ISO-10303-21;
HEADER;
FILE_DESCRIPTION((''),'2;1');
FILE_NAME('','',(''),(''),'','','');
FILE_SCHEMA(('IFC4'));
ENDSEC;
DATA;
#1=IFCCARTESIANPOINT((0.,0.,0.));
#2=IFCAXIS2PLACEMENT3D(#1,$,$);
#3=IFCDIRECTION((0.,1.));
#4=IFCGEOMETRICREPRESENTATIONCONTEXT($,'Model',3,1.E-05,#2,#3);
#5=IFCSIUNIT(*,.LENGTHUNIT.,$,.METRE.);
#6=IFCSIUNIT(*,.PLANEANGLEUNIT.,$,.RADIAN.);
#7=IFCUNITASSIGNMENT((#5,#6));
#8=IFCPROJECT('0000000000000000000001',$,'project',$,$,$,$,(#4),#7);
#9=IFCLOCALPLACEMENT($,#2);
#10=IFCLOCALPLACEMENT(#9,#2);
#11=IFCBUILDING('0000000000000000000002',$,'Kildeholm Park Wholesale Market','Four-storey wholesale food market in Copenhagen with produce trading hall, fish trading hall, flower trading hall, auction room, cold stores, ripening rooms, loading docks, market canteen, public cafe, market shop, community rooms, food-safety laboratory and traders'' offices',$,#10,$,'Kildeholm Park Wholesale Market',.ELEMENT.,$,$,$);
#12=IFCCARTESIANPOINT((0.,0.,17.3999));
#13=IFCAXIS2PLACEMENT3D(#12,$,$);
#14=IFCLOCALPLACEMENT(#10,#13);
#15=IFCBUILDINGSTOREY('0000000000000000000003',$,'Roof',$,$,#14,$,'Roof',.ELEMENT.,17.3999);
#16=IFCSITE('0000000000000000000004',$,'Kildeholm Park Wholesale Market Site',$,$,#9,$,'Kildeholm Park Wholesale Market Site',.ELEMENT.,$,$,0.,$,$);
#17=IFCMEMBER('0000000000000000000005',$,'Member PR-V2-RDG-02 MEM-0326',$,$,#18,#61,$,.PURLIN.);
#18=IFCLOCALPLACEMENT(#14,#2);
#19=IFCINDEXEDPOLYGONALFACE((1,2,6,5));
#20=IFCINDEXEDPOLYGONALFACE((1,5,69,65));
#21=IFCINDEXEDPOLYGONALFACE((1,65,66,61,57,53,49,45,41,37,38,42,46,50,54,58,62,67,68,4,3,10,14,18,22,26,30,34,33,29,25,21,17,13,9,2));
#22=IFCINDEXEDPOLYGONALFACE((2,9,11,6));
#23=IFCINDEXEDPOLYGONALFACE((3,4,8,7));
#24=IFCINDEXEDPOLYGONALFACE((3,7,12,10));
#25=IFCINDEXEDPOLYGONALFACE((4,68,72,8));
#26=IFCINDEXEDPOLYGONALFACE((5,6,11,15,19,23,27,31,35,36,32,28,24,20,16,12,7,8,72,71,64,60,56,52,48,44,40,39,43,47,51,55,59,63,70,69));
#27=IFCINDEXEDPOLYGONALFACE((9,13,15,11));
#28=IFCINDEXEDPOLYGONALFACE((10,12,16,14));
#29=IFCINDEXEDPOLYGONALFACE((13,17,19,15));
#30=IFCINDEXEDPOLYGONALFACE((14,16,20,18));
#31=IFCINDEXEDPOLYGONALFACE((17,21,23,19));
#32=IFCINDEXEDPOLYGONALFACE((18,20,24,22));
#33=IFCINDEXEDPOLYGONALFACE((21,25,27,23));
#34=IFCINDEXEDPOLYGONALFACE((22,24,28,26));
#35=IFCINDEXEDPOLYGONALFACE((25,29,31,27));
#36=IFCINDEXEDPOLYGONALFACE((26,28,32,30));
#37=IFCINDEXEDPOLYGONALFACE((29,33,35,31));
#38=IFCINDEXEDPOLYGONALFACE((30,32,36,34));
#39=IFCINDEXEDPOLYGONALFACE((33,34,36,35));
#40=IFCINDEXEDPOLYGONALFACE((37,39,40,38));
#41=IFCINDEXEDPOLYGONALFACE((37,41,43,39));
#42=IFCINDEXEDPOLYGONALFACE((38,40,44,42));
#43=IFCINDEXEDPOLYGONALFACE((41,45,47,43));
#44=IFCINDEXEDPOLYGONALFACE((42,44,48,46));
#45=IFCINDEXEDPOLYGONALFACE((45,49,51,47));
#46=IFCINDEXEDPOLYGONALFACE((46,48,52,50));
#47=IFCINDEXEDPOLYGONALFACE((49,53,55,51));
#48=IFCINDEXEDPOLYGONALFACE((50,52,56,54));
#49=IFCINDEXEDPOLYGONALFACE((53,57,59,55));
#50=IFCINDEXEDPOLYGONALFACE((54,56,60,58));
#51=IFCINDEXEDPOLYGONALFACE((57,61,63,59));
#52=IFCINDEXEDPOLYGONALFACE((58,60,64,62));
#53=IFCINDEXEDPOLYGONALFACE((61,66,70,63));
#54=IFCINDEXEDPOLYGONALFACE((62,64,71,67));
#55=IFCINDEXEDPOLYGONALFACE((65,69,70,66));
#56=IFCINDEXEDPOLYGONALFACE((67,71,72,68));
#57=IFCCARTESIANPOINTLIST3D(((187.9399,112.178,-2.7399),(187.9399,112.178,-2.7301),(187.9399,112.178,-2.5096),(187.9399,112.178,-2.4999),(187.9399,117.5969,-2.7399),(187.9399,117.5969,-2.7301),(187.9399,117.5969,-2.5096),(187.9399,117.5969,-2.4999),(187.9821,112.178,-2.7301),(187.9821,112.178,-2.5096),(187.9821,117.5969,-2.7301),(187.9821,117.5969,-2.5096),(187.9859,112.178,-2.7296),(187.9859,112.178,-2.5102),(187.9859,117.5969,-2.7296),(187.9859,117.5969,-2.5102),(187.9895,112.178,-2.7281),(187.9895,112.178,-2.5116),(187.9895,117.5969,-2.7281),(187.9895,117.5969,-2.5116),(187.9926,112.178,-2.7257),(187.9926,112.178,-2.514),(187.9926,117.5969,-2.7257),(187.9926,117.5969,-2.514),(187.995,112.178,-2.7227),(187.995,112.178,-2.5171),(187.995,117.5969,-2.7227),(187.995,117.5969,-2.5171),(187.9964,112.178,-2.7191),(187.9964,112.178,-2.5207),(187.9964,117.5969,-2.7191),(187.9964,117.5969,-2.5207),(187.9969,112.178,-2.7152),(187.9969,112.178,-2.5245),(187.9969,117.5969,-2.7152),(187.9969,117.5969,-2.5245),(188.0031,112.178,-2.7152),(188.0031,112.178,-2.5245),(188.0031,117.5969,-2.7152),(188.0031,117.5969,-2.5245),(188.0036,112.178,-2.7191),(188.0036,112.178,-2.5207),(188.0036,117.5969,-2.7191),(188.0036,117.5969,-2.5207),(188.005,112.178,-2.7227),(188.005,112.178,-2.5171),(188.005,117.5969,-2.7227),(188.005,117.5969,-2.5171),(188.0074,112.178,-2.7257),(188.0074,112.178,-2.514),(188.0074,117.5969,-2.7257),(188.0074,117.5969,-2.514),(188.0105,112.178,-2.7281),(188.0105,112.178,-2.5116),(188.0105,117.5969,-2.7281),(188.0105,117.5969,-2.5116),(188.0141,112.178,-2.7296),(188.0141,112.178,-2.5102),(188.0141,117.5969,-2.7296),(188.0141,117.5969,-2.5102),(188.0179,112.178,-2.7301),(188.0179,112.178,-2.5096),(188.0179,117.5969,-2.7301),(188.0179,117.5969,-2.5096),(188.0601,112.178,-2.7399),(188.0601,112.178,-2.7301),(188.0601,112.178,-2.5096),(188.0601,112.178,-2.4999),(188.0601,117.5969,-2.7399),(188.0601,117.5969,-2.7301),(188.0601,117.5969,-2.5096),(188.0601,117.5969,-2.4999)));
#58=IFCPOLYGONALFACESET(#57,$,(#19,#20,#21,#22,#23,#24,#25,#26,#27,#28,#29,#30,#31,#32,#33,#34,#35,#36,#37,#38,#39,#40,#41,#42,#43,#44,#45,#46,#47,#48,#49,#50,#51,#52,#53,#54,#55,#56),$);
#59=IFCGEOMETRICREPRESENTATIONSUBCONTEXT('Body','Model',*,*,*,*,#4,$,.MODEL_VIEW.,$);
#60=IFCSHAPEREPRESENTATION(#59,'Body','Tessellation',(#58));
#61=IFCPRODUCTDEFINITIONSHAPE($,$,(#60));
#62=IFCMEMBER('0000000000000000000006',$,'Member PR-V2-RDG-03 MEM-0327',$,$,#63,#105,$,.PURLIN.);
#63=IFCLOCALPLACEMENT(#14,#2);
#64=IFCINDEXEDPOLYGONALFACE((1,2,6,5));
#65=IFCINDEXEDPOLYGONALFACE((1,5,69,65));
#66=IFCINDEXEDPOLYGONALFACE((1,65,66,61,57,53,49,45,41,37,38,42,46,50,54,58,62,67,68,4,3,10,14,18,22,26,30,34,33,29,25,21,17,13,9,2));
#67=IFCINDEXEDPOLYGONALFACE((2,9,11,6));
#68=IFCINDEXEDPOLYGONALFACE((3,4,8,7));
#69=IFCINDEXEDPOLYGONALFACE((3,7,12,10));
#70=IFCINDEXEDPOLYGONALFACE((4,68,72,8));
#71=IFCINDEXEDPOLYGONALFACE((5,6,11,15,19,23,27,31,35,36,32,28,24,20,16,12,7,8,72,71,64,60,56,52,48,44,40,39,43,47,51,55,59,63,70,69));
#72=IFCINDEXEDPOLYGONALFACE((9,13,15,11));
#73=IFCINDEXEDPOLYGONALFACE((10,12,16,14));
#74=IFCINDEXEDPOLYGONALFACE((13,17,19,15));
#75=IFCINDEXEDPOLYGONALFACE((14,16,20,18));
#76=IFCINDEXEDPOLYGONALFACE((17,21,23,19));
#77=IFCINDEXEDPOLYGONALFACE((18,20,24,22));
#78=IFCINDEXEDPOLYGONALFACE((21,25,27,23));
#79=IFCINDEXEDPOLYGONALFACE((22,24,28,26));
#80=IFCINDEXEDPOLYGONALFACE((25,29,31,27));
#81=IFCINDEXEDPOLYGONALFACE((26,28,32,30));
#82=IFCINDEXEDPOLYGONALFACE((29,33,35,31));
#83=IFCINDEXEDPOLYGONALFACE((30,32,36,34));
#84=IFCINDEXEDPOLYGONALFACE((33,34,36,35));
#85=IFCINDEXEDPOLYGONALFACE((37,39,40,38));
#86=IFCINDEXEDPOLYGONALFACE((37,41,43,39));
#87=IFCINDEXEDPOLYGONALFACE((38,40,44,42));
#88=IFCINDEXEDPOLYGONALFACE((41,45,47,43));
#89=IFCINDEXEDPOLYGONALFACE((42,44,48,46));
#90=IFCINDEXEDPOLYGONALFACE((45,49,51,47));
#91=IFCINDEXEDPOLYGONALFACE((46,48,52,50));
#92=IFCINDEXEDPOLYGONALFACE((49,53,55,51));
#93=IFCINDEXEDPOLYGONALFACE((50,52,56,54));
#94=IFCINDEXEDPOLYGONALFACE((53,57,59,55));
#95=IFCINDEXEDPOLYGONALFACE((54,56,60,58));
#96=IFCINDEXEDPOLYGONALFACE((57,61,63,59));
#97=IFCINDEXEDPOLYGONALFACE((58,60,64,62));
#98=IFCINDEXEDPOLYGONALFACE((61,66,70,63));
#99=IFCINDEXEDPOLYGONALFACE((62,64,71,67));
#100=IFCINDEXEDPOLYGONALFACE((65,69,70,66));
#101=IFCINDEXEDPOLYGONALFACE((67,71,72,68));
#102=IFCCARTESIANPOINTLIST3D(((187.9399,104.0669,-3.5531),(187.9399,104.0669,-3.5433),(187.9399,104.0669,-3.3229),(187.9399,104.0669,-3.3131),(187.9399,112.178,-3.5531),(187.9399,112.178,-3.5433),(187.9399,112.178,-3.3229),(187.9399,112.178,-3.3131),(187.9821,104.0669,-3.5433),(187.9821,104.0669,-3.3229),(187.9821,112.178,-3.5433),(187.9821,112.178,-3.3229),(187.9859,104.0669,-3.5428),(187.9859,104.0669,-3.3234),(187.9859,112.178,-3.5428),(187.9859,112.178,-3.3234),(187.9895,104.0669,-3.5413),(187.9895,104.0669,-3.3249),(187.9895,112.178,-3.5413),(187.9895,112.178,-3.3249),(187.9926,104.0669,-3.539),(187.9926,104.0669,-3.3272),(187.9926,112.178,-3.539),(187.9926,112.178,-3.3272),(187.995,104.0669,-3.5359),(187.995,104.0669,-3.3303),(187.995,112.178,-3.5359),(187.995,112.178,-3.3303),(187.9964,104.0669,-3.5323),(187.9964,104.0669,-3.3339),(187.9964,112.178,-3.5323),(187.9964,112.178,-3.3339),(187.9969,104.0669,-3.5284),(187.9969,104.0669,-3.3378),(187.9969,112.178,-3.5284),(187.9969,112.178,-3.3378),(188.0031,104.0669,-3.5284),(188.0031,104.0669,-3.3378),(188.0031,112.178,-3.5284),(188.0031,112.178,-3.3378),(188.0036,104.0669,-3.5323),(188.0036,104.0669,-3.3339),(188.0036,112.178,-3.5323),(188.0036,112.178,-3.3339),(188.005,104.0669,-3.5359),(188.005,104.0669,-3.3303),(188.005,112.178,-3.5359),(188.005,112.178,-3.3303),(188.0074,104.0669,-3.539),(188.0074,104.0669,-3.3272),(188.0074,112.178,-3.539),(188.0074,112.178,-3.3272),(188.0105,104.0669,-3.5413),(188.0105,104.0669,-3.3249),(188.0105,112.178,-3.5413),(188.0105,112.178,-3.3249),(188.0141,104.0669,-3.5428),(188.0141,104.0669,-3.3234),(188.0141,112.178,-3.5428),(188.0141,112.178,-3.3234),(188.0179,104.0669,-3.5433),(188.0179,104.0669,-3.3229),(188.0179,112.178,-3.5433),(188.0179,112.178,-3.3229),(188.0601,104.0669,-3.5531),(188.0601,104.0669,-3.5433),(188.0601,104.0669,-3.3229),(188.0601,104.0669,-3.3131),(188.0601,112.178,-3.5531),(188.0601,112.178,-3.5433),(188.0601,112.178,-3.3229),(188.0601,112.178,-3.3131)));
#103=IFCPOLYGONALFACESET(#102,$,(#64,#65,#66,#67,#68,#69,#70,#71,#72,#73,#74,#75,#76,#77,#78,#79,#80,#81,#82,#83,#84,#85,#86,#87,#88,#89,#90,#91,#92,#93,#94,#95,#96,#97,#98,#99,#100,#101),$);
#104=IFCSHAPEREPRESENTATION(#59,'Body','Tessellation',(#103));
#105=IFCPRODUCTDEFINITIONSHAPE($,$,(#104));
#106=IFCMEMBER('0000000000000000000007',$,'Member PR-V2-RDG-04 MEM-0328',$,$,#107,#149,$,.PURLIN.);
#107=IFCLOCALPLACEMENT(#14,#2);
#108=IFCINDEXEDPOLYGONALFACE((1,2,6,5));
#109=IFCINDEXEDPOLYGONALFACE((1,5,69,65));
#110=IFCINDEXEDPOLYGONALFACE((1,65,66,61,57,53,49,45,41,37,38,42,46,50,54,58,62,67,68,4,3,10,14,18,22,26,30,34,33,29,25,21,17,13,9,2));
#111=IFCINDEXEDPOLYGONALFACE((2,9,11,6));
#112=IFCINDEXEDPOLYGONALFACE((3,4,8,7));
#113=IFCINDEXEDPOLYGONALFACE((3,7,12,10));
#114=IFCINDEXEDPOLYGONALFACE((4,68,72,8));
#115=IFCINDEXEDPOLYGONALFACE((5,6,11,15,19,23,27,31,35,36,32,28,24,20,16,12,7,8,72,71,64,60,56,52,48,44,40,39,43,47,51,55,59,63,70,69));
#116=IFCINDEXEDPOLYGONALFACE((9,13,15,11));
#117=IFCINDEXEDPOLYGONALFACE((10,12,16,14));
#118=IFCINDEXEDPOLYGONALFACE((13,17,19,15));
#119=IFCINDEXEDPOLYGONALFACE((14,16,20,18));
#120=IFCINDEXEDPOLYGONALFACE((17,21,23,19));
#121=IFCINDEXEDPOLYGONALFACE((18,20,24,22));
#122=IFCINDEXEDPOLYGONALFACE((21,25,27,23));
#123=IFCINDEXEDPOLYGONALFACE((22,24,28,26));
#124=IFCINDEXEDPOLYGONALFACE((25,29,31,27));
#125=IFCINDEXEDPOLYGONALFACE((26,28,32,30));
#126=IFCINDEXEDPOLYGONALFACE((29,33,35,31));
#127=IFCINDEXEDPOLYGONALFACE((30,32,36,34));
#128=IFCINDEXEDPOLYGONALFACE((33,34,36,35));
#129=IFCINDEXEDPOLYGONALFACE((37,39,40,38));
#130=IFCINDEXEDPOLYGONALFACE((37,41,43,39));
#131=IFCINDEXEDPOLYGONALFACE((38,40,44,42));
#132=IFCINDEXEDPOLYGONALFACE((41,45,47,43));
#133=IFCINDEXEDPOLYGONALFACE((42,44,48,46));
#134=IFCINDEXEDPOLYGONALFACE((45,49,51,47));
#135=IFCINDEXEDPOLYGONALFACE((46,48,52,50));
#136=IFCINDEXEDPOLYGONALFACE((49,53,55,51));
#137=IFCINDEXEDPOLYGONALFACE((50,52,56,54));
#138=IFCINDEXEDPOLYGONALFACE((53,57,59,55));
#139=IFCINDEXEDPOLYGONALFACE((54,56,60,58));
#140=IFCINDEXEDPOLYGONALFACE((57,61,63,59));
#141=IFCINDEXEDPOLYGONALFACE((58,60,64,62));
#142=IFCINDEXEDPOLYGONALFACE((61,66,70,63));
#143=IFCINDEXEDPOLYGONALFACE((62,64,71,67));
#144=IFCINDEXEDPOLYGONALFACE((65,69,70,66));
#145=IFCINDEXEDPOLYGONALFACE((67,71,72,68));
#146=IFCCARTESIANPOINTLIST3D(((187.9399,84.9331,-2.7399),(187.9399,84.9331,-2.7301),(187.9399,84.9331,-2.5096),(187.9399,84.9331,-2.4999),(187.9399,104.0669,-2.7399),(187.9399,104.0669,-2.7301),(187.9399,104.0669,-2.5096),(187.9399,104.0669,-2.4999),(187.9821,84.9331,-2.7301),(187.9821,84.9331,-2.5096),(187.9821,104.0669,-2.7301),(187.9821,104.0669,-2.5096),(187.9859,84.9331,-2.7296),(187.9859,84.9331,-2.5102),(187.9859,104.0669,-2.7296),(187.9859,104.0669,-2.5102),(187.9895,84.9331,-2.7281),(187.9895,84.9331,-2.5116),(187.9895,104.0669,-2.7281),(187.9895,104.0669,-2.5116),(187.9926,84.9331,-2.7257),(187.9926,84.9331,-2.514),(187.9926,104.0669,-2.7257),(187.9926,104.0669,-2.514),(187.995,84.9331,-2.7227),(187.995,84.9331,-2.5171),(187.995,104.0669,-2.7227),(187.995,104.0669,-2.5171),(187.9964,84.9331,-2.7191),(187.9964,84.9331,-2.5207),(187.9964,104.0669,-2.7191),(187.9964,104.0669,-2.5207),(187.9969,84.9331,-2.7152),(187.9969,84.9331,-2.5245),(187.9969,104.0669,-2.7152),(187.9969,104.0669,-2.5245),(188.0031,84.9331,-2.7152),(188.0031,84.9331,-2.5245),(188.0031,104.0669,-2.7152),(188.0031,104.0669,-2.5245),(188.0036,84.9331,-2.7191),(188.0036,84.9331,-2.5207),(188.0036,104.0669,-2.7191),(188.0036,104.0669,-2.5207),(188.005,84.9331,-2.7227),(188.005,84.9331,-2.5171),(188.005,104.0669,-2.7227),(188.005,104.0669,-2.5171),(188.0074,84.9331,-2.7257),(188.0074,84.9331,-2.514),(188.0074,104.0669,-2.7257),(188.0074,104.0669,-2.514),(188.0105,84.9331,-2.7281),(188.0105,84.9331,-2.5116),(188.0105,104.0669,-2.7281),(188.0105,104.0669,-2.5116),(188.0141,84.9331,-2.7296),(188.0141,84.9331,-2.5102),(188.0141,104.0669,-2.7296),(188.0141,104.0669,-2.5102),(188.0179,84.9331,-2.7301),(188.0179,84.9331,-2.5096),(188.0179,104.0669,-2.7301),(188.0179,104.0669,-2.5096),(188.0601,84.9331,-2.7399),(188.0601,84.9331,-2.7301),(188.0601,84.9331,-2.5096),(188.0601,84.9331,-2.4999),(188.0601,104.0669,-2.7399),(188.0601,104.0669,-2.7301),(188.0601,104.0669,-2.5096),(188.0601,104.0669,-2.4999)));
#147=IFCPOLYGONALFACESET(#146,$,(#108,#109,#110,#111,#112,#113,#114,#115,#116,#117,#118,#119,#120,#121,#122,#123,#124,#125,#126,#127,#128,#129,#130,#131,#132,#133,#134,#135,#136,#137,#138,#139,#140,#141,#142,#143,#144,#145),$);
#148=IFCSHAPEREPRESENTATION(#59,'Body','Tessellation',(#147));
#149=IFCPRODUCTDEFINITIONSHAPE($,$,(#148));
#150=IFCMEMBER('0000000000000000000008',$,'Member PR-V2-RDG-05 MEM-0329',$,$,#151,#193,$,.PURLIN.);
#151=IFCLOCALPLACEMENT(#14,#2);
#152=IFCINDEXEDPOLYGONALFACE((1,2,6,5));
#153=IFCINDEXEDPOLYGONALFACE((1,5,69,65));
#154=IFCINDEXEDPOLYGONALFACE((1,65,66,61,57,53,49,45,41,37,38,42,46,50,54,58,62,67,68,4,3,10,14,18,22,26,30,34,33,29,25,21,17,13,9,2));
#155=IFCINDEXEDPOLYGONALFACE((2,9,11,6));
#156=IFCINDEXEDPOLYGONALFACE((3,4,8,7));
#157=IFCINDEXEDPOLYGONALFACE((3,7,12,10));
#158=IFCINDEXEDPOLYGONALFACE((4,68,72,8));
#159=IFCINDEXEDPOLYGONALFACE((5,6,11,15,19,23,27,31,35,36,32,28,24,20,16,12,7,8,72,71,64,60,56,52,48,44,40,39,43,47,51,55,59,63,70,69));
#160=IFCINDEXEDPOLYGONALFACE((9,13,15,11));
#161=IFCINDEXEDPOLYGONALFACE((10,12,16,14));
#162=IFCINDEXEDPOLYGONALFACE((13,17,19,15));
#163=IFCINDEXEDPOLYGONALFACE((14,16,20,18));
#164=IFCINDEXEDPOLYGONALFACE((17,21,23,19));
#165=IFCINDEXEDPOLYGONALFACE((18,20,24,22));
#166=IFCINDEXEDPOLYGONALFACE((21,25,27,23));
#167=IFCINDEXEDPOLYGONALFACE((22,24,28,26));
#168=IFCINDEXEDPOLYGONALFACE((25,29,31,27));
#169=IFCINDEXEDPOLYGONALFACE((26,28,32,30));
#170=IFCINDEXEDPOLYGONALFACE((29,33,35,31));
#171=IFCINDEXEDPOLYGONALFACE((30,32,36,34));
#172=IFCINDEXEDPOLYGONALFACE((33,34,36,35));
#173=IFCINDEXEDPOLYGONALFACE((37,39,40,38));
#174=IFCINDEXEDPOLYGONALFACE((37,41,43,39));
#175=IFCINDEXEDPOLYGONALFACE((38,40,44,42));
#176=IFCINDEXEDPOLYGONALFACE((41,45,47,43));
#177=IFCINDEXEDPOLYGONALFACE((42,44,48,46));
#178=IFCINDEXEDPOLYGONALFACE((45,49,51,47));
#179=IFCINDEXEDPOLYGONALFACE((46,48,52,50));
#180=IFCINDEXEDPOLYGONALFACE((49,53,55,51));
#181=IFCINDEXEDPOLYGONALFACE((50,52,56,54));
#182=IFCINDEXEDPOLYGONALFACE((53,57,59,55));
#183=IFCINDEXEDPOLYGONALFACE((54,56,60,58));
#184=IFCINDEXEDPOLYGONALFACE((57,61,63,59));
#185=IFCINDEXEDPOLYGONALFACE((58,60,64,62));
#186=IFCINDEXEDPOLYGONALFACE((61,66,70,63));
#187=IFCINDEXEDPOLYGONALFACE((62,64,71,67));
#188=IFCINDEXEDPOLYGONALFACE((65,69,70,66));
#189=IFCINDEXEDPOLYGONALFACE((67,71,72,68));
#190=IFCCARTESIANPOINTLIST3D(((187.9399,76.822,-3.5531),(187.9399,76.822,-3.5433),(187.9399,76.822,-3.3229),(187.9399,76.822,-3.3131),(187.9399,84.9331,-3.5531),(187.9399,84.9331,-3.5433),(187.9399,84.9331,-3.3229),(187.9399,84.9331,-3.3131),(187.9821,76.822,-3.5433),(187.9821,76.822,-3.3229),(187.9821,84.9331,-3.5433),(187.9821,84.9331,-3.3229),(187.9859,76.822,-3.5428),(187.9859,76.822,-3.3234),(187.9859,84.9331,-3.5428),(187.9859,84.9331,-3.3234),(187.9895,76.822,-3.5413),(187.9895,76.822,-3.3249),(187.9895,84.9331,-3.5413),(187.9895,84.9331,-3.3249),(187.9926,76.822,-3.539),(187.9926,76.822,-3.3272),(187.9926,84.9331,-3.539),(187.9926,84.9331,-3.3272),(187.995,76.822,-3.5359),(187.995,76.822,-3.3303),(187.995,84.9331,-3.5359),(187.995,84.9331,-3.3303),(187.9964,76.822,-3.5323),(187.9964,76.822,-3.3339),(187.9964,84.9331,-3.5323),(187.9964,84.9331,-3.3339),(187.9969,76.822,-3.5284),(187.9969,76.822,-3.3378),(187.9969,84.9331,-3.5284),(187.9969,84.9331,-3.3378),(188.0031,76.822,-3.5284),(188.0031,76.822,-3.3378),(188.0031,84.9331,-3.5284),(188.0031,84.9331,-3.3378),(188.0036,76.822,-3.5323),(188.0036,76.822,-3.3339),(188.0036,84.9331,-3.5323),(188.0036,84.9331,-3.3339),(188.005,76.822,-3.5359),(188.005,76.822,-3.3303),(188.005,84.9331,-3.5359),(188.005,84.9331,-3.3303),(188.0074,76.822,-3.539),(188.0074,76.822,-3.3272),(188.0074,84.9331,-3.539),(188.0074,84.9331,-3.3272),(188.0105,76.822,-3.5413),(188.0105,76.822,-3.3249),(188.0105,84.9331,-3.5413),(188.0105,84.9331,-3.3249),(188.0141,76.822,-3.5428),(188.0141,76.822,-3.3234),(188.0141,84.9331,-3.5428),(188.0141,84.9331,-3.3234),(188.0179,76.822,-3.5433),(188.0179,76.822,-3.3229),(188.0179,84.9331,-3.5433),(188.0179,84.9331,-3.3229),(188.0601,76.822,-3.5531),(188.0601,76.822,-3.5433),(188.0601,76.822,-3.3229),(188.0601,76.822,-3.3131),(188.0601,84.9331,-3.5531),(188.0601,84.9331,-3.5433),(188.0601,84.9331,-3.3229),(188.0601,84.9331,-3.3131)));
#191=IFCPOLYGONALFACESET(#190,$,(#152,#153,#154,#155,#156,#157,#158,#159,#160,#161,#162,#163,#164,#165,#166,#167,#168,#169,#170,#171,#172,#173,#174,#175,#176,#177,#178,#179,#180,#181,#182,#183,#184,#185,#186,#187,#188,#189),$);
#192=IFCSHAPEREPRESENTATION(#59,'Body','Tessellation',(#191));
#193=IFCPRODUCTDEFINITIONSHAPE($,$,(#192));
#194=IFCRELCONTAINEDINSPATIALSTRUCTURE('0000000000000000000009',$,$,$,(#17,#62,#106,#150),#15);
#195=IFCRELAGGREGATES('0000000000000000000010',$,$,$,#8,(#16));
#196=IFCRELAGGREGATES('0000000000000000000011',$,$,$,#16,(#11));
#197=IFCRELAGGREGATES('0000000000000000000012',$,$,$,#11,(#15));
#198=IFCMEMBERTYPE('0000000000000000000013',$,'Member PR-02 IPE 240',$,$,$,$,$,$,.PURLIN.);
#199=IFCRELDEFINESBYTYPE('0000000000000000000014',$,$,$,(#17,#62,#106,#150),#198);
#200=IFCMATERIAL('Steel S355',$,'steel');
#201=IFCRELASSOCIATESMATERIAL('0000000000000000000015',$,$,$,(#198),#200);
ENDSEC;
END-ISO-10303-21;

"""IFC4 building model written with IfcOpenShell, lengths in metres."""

from ifc_helpers import new_model, si_unit, direction, frame, origin, origin_2d, place, context, subcontext, project, spatial, i_section, extrude, material, material_profile, profile_set, type_object, element, save


model = new_model("IFC4")

# Units and contexts
model_context = context("Model", 3, precision=1e-05, world=origin(), true_north=direction((0.0, 1.0)))
body_context = subcontext(model_context, "Body", "Model", "MODEL_VIEW")
ifc_project = project(units=[si_unit("LENGTHUNIT", "METRE"), si_unit("PLANEANGLEUNIT", "RADIAN")], contexts=[model_context])

# Site, building, storey
site_placement = place(None, origin())
site = spatial("IfcSite", under=ifc_project, at=site_placement, Name="Kildeholm Park Wholesale Market Site", LongName="Kildeholm Park Wholesale Market Site", CompositionType="ELEMENT", RefElevation=0.0)
building_placement = place(site_placement, origin())
building = spatial("IfcBuilding", under=site, at=building_placement, Name="Kildeholm Park Wholesale Market", Description="Four-storey wholesale food market in Copenhagen with produce trading hall, fish trading hall, flower trading hall, auction room, cold stores, ripening rooms, loading docks, market canteen, public cafe, market shop, community rooms, food-safety laboratory and traders' offices", LongName="Kildeholm Park Wholesale Market", CompositionType="ELEMENT")
storey_placement = place(building_placement, frame((0.0, 0.0, 17.3999)))
storey = spatial("IfcBuildingStorey", under=building, at=storey_placement, Name="Roof", LongName="Roof", CompositionType="ELEMENT", Elevation=17.3999)

# Shared definitions
ifc_material_1 = material(Name="Steel S355", Category="steel")

# Members
ifc_material_profile_1 = material_profile(ifc_material_1, i_section(OverallWidth=0.1201, OverallDepth=0.24, WebThickness=0.0061, FlangeThickness=0.0098, FilletRadius=0.0149, at=origin_2d()), Name="IPE 240")
ifc_profile_set_1 = profile_set([ifc_material_profile_1], Name="Steel S355")
member_type_1 = type_object("IfcMemberType", Name="Member PR-02 IPE 240", PredefinedType="PURLIN", material=ifc_profile_set_1)
member_1_placement = place(storey_placement, frame((188.0, 117.5969, -2.6199), z_axis=(0.0, -1.0, 0.0), x_axis=(1.0, 0.0, 0.0)))
element("IfcMember", 1, at=member_1_placement, inside=storey, type_object=member_type_1, Name="Member PR-V2-RDG-02 MEM-0326", PredefinedType="PURLIN", context=body_context, shape_type="SweptSolid", body=[
    extrude(i_section(OverallWidth=0.1201, OverallDepth=0.24, WebThickness=0.0061, FlangeThickness=0.0098, FilletRadius=0.0149, at=origin_2d()), origin(), (0.0, 0.0, 1.0), 5.4189),
])
member_2_placement = place(storey_placement, frame((188.0, 112.178, -3.4331), z_axis=(0.0, -1.0, 0.0), x_axis=(1.0, 0.0, 0.0)))
element("IfcMember", 2, at=member_2_placement, inside=storey, type_object=member_type_1, Name="Member PR-V2-RDG-03 MEM-0327", PredefinedType="PURLIN", context=body_context, shape_type="SweptSolid", body=[
    extrude(i_section(OverallWidth=0.1201, OverallDepth=0.24, WebThickness=0.0061, FlangeThickness=0.0098, FilletRadius=0.0149, at=origin_2d()), origin(), (0.0, 0.0, 1.0), 8.1111),
])
member_3_placement = place(storey_placement, frame((188.0, 104.0669, -2.6199), z_axis=(0.0, -1.0, 0.0), x_axis=(1.0, 0.0, 0.0)))
element("IfcMember", 3, at=member_3_placement, inside=storey, type_object=member_type_1, Name="Member PR-V2-RDG-04 MEM-0328", PredefinedType="PURLIN", context=body_context, shape_type="SweptSolid", body=[
    extrude(i_section(OverallWidth=0.1201, OverallDepth=0.24, WebThickness=0.0061, FlangeThickness=0.0098, FilletRadius=0.0149, at=origin_2d()), origin(), (0.0, 0.0, 1.0), 19.1338),
])
member_4_placement = place(storey_placement, frame((188.0, 84.9331, -3.4331), z_axis=(0.0, -1.0, 0.0), x_axis=(1.0, 0.0, 0.0)))
element("IfcMember", 4, at=member_4_placement, inside=storey, type_object=member_type_1, Name="Member PR-V2-RDG-05 MEM-0329", PredefinedType="PURLIN", context=body_context, shape_type="SweptSolid", body=[
    extrude(i_section(OverallWidth=0.1201, OverallDepth=0.24, WebThickness=0.0061, FlangeThickness=0.0098, FilletRadius=0.0149, at=origin_2d()), origin(), (0.0, 0.0, 1.0), 8.1111),
])

save(model, "model.ifc")
